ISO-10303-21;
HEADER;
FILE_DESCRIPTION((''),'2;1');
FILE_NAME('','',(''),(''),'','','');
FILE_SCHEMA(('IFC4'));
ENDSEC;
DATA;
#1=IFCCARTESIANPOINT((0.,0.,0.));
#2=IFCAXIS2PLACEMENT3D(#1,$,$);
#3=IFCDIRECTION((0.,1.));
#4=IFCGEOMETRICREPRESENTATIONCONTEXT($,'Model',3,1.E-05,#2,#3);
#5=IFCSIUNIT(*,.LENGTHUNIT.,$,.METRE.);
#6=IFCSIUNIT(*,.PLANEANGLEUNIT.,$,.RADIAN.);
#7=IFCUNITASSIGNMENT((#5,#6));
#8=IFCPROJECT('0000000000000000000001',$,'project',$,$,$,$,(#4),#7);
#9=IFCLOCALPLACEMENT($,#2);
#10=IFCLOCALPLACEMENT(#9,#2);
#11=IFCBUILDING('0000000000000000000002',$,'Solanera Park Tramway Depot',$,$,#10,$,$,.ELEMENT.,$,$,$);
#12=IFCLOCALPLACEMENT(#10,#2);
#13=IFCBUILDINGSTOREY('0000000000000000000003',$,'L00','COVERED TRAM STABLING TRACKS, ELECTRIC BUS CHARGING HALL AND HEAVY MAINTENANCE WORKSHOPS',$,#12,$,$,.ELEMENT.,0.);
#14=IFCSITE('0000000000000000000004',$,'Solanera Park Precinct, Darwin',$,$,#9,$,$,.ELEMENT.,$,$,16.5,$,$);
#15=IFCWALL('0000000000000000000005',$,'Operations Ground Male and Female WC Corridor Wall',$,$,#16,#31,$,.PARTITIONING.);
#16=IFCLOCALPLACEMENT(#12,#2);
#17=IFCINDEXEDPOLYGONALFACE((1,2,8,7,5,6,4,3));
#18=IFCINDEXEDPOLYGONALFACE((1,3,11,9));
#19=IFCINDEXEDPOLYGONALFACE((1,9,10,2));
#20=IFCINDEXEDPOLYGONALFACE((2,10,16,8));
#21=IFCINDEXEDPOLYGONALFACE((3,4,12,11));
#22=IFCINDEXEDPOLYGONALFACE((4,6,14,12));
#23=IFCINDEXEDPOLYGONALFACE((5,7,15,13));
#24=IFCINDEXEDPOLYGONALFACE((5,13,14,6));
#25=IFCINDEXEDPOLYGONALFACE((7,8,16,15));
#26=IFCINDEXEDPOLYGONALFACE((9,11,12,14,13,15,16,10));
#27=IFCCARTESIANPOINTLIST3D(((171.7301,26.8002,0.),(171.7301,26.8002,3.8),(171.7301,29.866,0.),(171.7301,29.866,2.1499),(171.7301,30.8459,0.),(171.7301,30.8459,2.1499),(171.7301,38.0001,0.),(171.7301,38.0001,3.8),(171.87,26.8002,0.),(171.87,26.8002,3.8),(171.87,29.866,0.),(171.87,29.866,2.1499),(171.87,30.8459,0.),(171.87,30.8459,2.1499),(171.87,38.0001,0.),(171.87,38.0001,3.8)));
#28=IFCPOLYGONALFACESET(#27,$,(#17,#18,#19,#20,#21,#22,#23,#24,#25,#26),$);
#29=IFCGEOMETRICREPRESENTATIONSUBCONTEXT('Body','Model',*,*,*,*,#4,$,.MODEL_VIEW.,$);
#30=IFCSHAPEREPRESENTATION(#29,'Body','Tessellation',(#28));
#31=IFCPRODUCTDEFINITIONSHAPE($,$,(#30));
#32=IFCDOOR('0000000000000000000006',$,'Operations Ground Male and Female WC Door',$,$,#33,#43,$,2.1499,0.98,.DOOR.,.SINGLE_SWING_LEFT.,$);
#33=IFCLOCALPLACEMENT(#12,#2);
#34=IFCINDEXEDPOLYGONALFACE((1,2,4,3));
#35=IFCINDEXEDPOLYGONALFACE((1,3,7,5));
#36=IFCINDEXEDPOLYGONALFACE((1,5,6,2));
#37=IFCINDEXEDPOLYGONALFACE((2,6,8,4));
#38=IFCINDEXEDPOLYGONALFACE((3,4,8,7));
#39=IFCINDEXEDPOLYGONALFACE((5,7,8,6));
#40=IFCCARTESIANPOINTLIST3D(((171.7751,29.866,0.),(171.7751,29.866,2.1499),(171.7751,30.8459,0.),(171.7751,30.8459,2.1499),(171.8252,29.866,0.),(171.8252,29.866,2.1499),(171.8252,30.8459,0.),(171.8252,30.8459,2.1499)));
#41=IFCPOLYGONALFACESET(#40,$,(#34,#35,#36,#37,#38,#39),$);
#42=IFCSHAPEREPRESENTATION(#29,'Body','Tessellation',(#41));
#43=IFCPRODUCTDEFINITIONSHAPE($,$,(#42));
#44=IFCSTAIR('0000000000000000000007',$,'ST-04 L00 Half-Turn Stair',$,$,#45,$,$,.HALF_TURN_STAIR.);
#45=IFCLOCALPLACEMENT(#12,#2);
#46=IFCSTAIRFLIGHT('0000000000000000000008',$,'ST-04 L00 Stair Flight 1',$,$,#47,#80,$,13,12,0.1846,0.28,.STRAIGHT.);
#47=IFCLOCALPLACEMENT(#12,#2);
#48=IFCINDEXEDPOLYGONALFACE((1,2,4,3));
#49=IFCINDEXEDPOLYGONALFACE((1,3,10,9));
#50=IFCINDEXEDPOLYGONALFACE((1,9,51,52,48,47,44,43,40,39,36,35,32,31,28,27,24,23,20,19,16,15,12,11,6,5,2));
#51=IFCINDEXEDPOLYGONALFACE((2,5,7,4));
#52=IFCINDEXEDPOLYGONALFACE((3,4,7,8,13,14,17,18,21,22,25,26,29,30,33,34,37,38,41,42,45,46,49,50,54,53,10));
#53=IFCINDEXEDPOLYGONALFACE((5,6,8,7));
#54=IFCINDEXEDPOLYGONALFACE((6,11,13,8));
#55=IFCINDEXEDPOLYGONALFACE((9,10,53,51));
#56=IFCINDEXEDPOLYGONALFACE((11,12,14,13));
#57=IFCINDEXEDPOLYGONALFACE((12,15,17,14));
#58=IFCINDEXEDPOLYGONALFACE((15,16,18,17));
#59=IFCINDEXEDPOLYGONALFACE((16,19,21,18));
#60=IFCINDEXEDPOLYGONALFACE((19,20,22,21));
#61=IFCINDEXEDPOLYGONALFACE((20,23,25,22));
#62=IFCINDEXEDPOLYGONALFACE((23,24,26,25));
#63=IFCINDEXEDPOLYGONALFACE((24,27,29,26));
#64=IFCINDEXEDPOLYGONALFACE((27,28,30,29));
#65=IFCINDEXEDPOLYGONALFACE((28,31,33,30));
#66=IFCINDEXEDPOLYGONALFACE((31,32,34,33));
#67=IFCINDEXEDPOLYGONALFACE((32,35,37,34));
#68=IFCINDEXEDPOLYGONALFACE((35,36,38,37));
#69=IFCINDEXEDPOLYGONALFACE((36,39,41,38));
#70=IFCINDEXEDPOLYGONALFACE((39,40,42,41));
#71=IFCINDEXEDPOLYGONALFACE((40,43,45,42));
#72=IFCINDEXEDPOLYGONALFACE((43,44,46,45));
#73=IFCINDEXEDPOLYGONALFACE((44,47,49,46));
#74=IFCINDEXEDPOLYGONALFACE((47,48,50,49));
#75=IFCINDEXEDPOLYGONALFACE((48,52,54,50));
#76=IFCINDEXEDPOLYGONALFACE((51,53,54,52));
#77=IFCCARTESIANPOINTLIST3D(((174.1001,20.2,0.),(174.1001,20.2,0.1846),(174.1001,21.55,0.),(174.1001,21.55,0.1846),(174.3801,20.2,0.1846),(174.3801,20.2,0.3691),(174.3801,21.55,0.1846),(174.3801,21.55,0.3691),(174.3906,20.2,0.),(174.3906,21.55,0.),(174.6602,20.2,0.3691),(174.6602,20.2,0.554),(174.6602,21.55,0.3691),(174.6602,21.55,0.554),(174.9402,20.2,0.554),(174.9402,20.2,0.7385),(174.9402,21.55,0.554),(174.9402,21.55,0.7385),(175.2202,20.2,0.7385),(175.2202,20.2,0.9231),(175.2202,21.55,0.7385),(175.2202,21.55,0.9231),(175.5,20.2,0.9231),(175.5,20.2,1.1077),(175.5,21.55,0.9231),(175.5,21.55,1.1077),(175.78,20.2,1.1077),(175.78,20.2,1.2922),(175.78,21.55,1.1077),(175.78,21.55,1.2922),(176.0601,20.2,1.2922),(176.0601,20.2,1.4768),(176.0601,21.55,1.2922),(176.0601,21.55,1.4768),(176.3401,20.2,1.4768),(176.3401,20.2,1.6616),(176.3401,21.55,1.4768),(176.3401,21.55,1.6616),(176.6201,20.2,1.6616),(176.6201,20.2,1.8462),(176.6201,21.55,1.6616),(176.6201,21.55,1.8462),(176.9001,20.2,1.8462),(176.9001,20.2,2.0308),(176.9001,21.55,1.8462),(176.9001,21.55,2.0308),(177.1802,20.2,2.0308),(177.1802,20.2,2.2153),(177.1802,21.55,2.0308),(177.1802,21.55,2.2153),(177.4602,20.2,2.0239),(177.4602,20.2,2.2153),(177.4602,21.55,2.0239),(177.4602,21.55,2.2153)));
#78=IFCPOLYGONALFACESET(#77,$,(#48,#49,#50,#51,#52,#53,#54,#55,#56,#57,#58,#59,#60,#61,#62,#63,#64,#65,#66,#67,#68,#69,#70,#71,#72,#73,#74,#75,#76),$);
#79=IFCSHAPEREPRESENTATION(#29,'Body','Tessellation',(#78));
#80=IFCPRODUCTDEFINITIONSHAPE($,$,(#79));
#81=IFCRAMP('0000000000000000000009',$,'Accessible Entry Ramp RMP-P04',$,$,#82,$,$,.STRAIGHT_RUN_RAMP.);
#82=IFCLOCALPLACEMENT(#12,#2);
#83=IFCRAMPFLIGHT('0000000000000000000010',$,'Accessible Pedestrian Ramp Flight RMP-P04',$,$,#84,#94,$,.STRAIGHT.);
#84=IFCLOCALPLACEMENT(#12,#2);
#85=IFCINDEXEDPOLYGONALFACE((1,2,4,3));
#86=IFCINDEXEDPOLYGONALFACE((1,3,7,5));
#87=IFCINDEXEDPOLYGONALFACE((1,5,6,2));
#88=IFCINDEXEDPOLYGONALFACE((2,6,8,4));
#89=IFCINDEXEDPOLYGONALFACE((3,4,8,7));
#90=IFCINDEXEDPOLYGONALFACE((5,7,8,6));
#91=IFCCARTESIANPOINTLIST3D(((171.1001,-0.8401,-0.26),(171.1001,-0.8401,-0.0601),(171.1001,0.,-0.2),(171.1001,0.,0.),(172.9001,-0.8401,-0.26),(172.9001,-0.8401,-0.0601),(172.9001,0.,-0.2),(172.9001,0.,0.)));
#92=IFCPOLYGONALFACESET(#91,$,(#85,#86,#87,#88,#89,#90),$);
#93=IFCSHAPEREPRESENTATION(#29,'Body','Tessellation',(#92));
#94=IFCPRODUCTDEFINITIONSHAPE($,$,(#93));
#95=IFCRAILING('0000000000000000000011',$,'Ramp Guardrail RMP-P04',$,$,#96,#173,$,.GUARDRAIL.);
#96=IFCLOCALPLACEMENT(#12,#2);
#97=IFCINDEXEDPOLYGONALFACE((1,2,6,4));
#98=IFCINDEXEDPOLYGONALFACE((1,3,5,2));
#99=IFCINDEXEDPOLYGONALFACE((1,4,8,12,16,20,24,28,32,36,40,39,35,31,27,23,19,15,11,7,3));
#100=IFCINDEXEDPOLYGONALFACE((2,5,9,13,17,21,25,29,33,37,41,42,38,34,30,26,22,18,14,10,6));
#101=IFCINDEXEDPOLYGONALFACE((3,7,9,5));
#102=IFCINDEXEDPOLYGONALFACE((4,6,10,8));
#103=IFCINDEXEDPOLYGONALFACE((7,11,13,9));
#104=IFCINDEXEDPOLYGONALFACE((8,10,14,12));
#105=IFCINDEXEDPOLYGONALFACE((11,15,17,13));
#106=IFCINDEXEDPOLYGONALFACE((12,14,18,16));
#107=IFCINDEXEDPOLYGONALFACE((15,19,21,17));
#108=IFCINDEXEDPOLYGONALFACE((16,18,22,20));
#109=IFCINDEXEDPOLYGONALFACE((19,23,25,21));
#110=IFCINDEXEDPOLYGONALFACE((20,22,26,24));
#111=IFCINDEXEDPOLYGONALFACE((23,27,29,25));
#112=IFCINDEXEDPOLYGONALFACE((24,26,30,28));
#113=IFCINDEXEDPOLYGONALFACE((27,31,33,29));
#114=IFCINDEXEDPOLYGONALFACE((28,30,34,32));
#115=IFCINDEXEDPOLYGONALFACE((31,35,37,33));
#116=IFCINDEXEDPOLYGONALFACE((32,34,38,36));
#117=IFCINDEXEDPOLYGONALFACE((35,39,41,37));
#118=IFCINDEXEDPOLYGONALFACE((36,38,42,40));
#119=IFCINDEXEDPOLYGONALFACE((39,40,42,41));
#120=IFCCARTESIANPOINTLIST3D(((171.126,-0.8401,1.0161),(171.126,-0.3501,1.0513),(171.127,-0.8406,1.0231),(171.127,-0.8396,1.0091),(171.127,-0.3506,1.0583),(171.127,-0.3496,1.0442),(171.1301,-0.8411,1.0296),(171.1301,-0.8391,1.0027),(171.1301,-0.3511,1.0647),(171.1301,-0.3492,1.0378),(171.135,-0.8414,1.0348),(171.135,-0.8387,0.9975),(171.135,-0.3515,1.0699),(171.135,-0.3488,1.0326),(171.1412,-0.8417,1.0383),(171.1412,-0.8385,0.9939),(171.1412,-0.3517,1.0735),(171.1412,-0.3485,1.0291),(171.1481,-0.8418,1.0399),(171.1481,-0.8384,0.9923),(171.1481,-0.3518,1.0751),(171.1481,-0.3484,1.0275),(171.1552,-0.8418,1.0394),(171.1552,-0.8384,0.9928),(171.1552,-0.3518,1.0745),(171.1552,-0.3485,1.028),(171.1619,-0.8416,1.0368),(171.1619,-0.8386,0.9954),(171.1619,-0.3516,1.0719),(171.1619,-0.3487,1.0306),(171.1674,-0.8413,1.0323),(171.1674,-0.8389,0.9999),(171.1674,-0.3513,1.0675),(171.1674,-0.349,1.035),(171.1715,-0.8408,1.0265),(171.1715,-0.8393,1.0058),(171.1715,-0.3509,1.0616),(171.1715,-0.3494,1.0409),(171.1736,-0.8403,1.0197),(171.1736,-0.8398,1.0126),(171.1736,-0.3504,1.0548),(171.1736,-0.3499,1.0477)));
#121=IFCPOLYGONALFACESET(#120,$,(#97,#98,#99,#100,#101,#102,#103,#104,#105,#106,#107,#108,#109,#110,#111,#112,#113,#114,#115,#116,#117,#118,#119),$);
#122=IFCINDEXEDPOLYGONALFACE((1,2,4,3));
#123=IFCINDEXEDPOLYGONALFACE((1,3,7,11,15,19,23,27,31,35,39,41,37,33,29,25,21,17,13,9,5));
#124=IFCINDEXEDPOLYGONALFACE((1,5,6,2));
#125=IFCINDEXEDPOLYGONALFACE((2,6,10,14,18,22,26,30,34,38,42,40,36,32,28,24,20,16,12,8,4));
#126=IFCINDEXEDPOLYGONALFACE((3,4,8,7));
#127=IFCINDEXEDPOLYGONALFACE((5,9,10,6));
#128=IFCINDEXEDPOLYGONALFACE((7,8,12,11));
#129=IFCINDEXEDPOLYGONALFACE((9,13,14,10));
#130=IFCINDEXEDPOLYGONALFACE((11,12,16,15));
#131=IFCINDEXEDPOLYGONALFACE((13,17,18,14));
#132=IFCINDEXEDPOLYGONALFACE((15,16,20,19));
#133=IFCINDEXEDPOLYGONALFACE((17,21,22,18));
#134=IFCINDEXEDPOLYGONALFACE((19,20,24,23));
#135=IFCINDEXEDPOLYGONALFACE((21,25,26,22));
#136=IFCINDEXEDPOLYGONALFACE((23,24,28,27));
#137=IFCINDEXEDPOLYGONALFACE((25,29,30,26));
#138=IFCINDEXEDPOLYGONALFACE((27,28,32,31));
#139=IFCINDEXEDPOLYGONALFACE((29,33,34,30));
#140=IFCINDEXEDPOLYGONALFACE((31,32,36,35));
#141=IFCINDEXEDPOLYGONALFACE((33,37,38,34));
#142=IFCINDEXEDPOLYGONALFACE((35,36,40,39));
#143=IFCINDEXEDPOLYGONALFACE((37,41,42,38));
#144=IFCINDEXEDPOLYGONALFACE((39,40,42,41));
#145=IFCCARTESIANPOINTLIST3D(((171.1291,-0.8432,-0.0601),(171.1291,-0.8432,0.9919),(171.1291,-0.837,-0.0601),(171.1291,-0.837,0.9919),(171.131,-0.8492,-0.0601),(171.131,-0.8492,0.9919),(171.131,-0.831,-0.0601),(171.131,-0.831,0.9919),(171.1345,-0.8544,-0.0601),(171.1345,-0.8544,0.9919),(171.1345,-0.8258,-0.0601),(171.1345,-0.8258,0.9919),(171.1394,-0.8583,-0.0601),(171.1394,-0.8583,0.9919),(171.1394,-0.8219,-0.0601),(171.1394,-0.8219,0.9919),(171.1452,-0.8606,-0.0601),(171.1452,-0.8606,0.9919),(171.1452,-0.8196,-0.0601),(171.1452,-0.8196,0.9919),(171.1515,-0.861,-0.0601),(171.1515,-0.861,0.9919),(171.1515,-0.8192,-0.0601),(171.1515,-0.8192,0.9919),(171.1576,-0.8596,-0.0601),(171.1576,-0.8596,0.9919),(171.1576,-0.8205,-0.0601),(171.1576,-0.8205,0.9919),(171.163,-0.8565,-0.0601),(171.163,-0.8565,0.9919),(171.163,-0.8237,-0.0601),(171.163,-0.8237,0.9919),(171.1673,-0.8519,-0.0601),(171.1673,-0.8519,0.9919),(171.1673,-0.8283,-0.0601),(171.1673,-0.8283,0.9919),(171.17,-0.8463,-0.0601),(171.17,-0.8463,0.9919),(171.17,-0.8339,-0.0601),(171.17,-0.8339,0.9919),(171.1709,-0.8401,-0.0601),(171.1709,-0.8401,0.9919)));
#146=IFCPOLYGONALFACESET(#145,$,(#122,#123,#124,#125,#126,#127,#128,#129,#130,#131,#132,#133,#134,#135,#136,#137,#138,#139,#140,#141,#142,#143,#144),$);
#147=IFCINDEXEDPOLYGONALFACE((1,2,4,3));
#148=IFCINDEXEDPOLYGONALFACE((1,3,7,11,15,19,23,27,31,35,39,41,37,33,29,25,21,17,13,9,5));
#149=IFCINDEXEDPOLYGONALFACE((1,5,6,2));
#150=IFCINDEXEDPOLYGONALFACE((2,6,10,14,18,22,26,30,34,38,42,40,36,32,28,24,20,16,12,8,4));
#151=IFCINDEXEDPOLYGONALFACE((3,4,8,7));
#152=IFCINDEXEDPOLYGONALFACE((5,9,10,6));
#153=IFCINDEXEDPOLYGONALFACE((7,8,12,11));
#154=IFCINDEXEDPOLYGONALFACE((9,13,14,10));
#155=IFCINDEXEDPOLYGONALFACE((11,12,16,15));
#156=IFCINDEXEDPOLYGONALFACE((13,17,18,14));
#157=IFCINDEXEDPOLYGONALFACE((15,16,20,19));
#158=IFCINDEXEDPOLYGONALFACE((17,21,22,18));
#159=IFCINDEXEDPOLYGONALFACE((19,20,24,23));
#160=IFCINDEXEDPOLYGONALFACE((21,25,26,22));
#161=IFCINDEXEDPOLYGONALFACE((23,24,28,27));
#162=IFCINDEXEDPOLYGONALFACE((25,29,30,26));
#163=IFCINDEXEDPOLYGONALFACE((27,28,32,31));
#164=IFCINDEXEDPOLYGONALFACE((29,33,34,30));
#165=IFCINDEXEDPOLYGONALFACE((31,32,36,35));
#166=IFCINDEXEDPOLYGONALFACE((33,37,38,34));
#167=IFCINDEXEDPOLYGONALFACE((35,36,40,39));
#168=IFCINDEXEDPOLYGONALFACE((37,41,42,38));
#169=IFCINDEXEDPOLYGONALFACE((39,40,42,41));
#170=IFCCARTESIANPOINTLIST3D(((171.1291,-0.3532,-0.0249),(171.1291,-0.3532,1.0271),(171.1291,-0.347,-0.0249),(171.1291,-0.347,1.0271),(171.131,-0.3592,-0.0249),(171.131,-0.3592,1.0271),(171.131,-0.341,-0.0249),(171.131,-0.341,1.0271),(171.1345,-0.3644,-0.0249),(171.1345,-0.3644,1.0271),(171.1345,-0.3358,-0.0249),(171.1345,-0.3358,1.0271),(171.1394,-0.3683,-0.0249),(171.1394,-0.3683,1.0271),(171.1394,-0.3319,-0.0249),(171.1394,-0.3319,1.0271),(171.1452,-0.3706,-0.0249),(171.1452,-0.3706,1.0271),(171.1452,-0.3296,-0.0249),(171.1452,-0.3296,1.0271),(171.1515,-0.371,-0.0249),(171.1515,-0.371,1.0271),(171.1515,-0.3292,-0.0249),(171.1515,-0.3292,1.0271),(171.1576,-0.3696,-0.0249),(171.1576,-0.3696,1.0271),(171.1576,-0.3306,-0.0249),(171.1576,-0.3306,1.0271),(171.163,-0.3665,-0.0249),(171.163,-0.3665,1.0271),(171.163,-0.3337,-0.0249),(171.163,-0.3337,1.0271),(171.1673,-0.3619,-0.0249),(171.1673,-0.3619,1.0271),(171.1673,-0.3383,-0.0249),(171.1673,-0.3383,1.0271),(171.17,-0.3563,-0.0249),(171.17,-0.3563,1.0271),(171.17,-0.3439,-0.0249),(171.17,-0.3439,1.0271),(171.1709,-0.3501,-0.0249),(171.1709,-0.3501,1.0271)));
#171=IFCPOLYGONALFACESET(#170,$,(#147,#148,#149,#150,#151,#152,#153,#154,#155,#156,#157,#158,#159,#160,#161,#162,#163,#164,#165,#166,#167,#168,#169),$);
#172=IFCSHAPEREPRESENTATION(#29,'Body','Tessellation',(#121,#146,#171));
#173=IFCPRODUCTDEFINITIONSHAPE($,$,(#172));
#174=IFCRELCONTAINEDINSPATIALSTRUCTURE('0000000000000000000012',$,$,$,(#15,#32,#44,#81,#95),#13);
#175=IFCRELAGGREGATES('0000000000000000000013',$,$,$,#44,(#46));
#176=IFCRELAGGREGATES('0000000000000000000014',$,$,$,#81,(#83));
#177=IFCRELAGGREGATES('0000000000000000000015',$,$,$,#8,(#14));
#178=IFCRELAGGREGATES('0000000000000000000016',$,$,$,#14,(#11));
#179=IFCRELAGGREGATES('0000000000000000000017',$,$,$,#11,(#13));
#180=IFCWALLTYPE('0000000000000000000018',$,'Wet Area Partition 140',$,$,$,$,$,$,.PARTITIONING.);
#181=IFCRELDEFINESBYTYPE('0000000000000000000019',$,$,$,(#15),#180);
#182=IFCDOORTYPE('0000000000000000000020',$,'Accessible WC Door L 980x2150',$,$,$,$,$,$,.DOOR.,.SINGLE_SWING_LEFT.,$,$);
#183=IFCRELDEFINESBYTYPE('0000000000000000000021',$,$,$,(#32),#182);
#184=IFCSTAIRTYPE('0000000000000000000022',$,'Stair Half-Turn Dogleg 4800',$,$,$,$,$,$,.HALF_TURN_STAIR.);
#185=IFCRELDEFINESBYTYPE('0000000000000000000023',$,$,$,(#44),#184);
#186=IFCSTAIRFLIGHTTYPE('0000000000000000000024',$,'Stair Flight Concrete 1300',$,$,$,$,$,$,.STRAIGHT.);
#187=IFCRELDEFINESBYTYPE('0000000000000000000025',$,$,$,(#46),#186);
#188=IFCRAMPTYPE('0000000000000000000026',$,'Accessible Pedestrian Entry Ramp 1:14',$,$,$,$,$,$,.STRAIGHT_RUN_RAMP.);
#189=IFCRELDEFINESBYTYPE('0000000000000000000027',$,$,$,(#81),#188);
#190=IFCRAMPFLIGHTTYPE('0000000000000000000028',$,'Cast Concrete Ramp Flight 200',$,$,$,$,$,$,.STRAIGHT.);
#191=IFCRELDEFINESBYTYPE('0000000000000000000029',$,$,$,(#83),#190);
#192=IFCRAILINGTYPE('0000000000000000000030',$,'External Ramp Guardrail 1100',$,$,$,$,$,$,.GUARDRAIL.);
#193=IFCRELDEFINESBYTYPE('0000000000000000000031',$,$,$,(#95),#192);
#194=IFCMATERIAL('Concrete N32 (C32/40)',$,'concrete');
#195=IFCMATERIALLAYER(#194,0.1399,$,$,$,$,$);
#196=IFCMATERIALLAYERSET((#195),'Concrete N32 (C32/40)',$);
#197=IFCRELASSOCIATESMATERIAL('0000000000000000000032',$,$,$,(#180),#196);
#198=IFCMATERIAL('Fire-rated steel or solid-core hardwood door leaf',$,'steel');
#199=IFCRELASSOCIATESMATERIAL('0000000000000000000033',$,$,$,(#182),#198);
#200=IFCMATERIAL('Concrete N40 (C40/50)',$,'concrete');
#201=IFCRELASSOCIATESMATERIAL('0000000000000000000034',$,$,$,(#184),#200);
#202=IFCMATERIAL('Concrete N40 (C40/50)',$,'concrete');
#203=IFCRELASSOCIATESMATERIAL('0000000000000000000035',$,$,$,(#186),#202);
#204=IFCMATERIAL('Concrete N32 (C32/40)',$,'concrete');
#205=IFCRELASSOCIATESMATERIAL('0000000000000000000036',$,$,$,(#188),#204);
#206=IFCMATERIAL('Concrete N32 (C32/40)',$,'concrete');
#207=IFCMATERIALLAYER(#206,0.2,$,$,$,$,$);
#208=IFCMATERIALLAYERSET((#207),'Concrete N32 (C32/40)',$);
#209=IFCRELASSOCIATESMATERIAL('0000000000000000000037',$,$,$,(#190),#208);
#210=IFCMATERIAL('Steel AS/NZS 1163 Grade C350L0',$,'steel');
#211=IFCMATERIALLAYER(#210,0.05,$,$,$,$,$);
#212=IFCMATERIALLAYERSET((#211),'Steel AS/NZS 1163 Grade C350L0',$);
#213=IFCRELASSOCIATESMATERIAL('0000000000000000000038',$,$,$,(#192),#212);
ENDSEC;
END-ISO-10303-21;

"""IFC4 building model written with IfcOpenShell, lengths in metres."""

from ifc_helpers import new_model, si_unit, direction, frame, frame_2d, origin, origin_2d, place, context, subcontext, project, spatial, polyline, rectangle, circle, outline, extrude, material, layer, layer_set, type_object, element, fill, aggregate, save


model = new_model("IFC4")

# Units and contexts
model_context = context("Model", 3, precision=1e-05, world=origin(), true_north=direction((0.0, 1.0)))
body_context = subcontext(model_context, "Body", "Model", "MODEL_VIEW")
ifc_project = project(units=[si_unit("LENGTHUNIT", "METRE"), si_unit("PLANEANGLEUNIT", "RADIAN")], contexts=[model_context])

# Site, building, storey
site_placement = place(None, origin())
site = spatial("IfcSite", under=ifc_project, at=site_placement, Name="Solanera Park Precinct, Darwin", CompositionType="ELEMENT", RefElevation=16.5)
building_placement = place(site_placement, origin())
building = spatial("IfcBuilding", under=site, at=building_placement, Name="Solanera Park Tramway Depot", CompositionType="ELEMENT")
storey_placement = place(building_placement, origin())
storey = spatial("IfcBuildingStorey", under=building, at=storey_placement, Name="L00", Description="COVERED TRAM STABLING TRACKS, ELECTRIC BUS CHARGING HALL AND HEAVY MAINTENANCE WORKSHOPS", CompositionType="ELEMENT", Elevation=0.0)

# Shared definitions
ifc_material_1 = material(Name="Concrete N32 (C32/40)", Category="concrete")
ifc_layer_1 = layer(ifc_material_1, 0.1399)
ifc_layer_set_1 = layer_set([ifc_layer_1], Name="Concrete N32 (C32/40)")
wall_type_1 = type_object("IfcWallType", Name="Wet Area Partition 140", PredefinedType="PARTITIONING", material=ifc_layer_set_1)

# Wall, opening, door
wall_1_placement = place(storey_placement, frame((171.8, 26.8, 0.0), z_axis=(0.0, 0.0, 1.0), x_axis=(0.0, 1.0, 0.0)))
wall_1 = element("IfcWall", 1, at=wall_1_placement, inside=storey, type_object=wall_type_1, Name="Operations Ground Male and Female WC Corridor Wall", PredefinedType="PARTITIONING", context=body_context, shape_type="SweptSolid", body=[
    extrude(rectangle(XDim=11.2, YDim=0.1399, at=frame_2d((5.6001, 0.0))), origin(), (0.0, 0.0, 1.0), 3.8),
])
opening_1_placement = place(wall_1_placement, frame((3.0659, 0.0, 0.0)))
opening_1 = element("IfcOpeningElement", 2, at=opening_1_placement, cuts=wall_1, PredefinedType="OPENING", context=body_context, shape_type="SweptSolid", body=[
    extrude(rectangle(XDim=0.98, YDim=2.1499, at=frame_2d((0.49, 1.075))), frame((0.0, 0.0801, 0.0), z_axis=(0.0, -1.0, 0.0), x_axis=(1.0, 0.0, 0.0)), (0.0, 0.0, 1.0), 0.1599),
])
ifc_material_2 = material(Name="Fire-rated steel or solid-core hardwood door leaf", Category="steel")
door_type_1 = type_object("IfcDoorType", Name="Accessible WC Door L 980x2150", OperationType="SINGLE_SWING_LEFT", PredefinedType="DOOR", material=ifc_material_2)
door_1_placement = place(opening_1_placement, origin())
door_1 = element("IfcDoor", 3, at=door_1_placement, inside=storey, type_object=door_type_1, Name="Operations Ground Male and Female WC Door", OperationType="SINGLE_SWING_LEFT", OverallHeight=2.1499, OverallWidth=0.98, PredefinedType="DOOR", context=body_context, shape_type="SweptSolid", body=[
    extrude(rectangle(XDim=0.98, YDim=2.1499, at=frame_2d((0.49, 1.075))), frame((0.0, 0.0249, 0.0), z_axis=(0.0, -1.0, 0.0), x_axis=(1.0, 0.0, 0.0)), (0.0, 0.0, 1.0), 0.05),
])
fill(opening_1, door_1)

# Stair, stair flight
ifc_material_3 = material(Name="Concrete N40 (C40/50)", Category="concrete")
stair_type = type_object("IfcStairType", Name="Stair Half-Turn Dogleg 4800", PredefinedType="HALF_TURN_STAIR", material=ifc_material_3)
stair_placement = place(storey_placement, origin())
stair = element("IfcStair", 4, at=stair_placement, inside=storey, type_object=stair_type, Name="ST-04 L00 Half-Turn Stair", PredefinedType="HALF_TURN_STAIR")
ifc_material_4 = material(Name="Concrete N40 (C40/50)", Category="concrete")
stair_flight_type = type_object("IfcStairFlightType", Name="Stair Flight Concrete 1300", PredefinedType="STRAIGHT", material=ifc_material_4)
stair_flight_placement = place(storey_placement, frame((174.1001, 20.875, 0.0), z_axis=(0.0, 0.0, 1.0), x_axis=(1.0, 0.0, 0.0)))
stair_flight = element("IfcStairFlight", 5, at=stair_flight_placement, type_object=stair_flight_type, Name="ST-04 L00 Stair Flight 1", NumberOfRisers=13, NumberOfTreads=12, PredefinedType="STRAIGHT", RiserHeight=0.1846, TreadLength=0.28, context=body_context, shape_type="SweptSolid", body=[
    extrude(outline(polyline([(0.0, 0.0), (0.0, 0.1846), (0.28, 0.1846), (0.28, 0.3691), (0.5601, 0.3691), (0.5601, 0.554), (0.8401, 0.554), (0.8401, 0.7385), (1.1201, 0.7385), (1.1201, 0.9231), (1.3999, 0.9231), (1.3999, 1.1077), (1.6799, 1.1077), (1.6799, 1.2922), (1.96, 1.2922), (1.96, 1.4768), (2.24, 1.4768), (2.24, 1.6616), (2.52, 1.6616), (2.52, 1.8462), (2.8, 1.8462), (2.8, 2.0308), (3.0801, 2.0308), (3.0801, 2.2153), (3.3601, 2.2153), (3.3601, 2.3999), (3.3601, 2.0239), (0.2905, 0.0), (0.0, 0.0)])), frame((0.0, 0.675, 0.0), z_axis=(0.0, -1.0, 0.0), x_axis=(1.0, 0.0, 0.0)), (0.0, 0.0, 1.0), 1.3501),
])
aggregate(stair, [stair_flight])

# Ramp, ramp flight
ifc_material_5 = material(Name="Concrete N32 (C32/40)", Category="concrete")
ramp_type = type_object("IfcRampType", Name="Accessible Pedestrian Entry Ramp 1:14", PredefinedType="STRAIGHT_RUN_RAMP", material=ifc_material_5)
ramp_placement = place(storey_placement, origin())
ramp = element("IfcRamp", 6, at=ramp_placement, inside=storey, type_object=ramp_type, Name="Accessible Entry Ramp RMP-P04", PredefinedType="STRAIGHT_RUN_RAMP")
ifc_material_6 = material(Name="Concrete N32 (C32/40)", Category="concrete")
ifc_layer_2 = layer(ifc_material_6, 0.2)
ifc_layer_set_2 = layer_set([ifc_layer_2], Name="Concrete N32 (C32/40)")
ramp_flight_type = type_object("IfcRampFlightType", Name="Cast Concrete Ramp Flight 200", PredefinedType="STRAIGHT", material=ifc_layer_set_2)
ramp_flight_placement = place(storey_placement, frame((172.0, -0.8401, -0.0601), z_axis=(0.0, 0.0, 1.0), x_axis=(0.0, 1.0, 0.0)))
ramp_flight = element("IfcRampFlight", 7, at=ramp_flight_placement, type_object=ramp_flight_type, Name="Accessible Pedestrian Ramp Flight RMP-P04", PredefinedType="STRAIGHT", context=body_context, shape_type="SweptSolid", body=[
    extrude(outline(polyline([(0.0, 0.0), (0.0, -0.2), (0.8401, -0.1399), (0.8401, 0.0601), (0.0, 0.0)])), frame((0.0, 0.8999, 0.0), z_axis=(0.0, -1.0, 0.0), x_axis=(1.0, 0.0, 0.0)), (0.0, 0.0, 1.0), 1.8),
])
aggregate(ramp, [ramp_flight])

# Railing
ifc_material_7 = material(Name="Steel AS/NZS 1163 Grade C350L0", Category="steel")
ifc_layer_3 = layer(ifc_material_7, 0.05)
ifc_layer_set_3 = layer_set([ifc_layer_3], Name="Steel AS/NZS 1163 Grade C350L0")
railing_type_1 = type_object("IfcRailingType", Name="External Ramp Guardrail 1100", PredefinedType="GUARDRAIL", material=ifc_layer_set_3)
for number, where, name in (
    (8, (171.1499, -0.8401, -0.0601), "Ramp Guardrail RMP-P04"),
):
    element("IfcRailing", number, at=place(storey_placement, frame(where)), inside=storey, type_object=railing_type_1, Name=name, PredefinedType="GUARDRAIL", context=body_context, shape_type="SweptSolid", body=[
        extrude(circle(Radius=0.0239, at=origin_2d()), frame((0.0, 0.0, 1.0762), z_axis=(0.0, 0.997436, 0.071565), x_axis=(-1.0, 0.0, 0.0)), (0.0, 0.0, 1.0), 0.4912),
        extrude(circle(Radius=0.021, at=origin_2d()), origin(), (0.0, 0.0, 1.0), 1.052),
        extrude(circle(Radius=0.021, at=origin_2d()), frame((0.0, 0.49, 0.0352)), (0.0, 0.0, 1.0), 1.052),
    ])

save(model, "model.ifc")
